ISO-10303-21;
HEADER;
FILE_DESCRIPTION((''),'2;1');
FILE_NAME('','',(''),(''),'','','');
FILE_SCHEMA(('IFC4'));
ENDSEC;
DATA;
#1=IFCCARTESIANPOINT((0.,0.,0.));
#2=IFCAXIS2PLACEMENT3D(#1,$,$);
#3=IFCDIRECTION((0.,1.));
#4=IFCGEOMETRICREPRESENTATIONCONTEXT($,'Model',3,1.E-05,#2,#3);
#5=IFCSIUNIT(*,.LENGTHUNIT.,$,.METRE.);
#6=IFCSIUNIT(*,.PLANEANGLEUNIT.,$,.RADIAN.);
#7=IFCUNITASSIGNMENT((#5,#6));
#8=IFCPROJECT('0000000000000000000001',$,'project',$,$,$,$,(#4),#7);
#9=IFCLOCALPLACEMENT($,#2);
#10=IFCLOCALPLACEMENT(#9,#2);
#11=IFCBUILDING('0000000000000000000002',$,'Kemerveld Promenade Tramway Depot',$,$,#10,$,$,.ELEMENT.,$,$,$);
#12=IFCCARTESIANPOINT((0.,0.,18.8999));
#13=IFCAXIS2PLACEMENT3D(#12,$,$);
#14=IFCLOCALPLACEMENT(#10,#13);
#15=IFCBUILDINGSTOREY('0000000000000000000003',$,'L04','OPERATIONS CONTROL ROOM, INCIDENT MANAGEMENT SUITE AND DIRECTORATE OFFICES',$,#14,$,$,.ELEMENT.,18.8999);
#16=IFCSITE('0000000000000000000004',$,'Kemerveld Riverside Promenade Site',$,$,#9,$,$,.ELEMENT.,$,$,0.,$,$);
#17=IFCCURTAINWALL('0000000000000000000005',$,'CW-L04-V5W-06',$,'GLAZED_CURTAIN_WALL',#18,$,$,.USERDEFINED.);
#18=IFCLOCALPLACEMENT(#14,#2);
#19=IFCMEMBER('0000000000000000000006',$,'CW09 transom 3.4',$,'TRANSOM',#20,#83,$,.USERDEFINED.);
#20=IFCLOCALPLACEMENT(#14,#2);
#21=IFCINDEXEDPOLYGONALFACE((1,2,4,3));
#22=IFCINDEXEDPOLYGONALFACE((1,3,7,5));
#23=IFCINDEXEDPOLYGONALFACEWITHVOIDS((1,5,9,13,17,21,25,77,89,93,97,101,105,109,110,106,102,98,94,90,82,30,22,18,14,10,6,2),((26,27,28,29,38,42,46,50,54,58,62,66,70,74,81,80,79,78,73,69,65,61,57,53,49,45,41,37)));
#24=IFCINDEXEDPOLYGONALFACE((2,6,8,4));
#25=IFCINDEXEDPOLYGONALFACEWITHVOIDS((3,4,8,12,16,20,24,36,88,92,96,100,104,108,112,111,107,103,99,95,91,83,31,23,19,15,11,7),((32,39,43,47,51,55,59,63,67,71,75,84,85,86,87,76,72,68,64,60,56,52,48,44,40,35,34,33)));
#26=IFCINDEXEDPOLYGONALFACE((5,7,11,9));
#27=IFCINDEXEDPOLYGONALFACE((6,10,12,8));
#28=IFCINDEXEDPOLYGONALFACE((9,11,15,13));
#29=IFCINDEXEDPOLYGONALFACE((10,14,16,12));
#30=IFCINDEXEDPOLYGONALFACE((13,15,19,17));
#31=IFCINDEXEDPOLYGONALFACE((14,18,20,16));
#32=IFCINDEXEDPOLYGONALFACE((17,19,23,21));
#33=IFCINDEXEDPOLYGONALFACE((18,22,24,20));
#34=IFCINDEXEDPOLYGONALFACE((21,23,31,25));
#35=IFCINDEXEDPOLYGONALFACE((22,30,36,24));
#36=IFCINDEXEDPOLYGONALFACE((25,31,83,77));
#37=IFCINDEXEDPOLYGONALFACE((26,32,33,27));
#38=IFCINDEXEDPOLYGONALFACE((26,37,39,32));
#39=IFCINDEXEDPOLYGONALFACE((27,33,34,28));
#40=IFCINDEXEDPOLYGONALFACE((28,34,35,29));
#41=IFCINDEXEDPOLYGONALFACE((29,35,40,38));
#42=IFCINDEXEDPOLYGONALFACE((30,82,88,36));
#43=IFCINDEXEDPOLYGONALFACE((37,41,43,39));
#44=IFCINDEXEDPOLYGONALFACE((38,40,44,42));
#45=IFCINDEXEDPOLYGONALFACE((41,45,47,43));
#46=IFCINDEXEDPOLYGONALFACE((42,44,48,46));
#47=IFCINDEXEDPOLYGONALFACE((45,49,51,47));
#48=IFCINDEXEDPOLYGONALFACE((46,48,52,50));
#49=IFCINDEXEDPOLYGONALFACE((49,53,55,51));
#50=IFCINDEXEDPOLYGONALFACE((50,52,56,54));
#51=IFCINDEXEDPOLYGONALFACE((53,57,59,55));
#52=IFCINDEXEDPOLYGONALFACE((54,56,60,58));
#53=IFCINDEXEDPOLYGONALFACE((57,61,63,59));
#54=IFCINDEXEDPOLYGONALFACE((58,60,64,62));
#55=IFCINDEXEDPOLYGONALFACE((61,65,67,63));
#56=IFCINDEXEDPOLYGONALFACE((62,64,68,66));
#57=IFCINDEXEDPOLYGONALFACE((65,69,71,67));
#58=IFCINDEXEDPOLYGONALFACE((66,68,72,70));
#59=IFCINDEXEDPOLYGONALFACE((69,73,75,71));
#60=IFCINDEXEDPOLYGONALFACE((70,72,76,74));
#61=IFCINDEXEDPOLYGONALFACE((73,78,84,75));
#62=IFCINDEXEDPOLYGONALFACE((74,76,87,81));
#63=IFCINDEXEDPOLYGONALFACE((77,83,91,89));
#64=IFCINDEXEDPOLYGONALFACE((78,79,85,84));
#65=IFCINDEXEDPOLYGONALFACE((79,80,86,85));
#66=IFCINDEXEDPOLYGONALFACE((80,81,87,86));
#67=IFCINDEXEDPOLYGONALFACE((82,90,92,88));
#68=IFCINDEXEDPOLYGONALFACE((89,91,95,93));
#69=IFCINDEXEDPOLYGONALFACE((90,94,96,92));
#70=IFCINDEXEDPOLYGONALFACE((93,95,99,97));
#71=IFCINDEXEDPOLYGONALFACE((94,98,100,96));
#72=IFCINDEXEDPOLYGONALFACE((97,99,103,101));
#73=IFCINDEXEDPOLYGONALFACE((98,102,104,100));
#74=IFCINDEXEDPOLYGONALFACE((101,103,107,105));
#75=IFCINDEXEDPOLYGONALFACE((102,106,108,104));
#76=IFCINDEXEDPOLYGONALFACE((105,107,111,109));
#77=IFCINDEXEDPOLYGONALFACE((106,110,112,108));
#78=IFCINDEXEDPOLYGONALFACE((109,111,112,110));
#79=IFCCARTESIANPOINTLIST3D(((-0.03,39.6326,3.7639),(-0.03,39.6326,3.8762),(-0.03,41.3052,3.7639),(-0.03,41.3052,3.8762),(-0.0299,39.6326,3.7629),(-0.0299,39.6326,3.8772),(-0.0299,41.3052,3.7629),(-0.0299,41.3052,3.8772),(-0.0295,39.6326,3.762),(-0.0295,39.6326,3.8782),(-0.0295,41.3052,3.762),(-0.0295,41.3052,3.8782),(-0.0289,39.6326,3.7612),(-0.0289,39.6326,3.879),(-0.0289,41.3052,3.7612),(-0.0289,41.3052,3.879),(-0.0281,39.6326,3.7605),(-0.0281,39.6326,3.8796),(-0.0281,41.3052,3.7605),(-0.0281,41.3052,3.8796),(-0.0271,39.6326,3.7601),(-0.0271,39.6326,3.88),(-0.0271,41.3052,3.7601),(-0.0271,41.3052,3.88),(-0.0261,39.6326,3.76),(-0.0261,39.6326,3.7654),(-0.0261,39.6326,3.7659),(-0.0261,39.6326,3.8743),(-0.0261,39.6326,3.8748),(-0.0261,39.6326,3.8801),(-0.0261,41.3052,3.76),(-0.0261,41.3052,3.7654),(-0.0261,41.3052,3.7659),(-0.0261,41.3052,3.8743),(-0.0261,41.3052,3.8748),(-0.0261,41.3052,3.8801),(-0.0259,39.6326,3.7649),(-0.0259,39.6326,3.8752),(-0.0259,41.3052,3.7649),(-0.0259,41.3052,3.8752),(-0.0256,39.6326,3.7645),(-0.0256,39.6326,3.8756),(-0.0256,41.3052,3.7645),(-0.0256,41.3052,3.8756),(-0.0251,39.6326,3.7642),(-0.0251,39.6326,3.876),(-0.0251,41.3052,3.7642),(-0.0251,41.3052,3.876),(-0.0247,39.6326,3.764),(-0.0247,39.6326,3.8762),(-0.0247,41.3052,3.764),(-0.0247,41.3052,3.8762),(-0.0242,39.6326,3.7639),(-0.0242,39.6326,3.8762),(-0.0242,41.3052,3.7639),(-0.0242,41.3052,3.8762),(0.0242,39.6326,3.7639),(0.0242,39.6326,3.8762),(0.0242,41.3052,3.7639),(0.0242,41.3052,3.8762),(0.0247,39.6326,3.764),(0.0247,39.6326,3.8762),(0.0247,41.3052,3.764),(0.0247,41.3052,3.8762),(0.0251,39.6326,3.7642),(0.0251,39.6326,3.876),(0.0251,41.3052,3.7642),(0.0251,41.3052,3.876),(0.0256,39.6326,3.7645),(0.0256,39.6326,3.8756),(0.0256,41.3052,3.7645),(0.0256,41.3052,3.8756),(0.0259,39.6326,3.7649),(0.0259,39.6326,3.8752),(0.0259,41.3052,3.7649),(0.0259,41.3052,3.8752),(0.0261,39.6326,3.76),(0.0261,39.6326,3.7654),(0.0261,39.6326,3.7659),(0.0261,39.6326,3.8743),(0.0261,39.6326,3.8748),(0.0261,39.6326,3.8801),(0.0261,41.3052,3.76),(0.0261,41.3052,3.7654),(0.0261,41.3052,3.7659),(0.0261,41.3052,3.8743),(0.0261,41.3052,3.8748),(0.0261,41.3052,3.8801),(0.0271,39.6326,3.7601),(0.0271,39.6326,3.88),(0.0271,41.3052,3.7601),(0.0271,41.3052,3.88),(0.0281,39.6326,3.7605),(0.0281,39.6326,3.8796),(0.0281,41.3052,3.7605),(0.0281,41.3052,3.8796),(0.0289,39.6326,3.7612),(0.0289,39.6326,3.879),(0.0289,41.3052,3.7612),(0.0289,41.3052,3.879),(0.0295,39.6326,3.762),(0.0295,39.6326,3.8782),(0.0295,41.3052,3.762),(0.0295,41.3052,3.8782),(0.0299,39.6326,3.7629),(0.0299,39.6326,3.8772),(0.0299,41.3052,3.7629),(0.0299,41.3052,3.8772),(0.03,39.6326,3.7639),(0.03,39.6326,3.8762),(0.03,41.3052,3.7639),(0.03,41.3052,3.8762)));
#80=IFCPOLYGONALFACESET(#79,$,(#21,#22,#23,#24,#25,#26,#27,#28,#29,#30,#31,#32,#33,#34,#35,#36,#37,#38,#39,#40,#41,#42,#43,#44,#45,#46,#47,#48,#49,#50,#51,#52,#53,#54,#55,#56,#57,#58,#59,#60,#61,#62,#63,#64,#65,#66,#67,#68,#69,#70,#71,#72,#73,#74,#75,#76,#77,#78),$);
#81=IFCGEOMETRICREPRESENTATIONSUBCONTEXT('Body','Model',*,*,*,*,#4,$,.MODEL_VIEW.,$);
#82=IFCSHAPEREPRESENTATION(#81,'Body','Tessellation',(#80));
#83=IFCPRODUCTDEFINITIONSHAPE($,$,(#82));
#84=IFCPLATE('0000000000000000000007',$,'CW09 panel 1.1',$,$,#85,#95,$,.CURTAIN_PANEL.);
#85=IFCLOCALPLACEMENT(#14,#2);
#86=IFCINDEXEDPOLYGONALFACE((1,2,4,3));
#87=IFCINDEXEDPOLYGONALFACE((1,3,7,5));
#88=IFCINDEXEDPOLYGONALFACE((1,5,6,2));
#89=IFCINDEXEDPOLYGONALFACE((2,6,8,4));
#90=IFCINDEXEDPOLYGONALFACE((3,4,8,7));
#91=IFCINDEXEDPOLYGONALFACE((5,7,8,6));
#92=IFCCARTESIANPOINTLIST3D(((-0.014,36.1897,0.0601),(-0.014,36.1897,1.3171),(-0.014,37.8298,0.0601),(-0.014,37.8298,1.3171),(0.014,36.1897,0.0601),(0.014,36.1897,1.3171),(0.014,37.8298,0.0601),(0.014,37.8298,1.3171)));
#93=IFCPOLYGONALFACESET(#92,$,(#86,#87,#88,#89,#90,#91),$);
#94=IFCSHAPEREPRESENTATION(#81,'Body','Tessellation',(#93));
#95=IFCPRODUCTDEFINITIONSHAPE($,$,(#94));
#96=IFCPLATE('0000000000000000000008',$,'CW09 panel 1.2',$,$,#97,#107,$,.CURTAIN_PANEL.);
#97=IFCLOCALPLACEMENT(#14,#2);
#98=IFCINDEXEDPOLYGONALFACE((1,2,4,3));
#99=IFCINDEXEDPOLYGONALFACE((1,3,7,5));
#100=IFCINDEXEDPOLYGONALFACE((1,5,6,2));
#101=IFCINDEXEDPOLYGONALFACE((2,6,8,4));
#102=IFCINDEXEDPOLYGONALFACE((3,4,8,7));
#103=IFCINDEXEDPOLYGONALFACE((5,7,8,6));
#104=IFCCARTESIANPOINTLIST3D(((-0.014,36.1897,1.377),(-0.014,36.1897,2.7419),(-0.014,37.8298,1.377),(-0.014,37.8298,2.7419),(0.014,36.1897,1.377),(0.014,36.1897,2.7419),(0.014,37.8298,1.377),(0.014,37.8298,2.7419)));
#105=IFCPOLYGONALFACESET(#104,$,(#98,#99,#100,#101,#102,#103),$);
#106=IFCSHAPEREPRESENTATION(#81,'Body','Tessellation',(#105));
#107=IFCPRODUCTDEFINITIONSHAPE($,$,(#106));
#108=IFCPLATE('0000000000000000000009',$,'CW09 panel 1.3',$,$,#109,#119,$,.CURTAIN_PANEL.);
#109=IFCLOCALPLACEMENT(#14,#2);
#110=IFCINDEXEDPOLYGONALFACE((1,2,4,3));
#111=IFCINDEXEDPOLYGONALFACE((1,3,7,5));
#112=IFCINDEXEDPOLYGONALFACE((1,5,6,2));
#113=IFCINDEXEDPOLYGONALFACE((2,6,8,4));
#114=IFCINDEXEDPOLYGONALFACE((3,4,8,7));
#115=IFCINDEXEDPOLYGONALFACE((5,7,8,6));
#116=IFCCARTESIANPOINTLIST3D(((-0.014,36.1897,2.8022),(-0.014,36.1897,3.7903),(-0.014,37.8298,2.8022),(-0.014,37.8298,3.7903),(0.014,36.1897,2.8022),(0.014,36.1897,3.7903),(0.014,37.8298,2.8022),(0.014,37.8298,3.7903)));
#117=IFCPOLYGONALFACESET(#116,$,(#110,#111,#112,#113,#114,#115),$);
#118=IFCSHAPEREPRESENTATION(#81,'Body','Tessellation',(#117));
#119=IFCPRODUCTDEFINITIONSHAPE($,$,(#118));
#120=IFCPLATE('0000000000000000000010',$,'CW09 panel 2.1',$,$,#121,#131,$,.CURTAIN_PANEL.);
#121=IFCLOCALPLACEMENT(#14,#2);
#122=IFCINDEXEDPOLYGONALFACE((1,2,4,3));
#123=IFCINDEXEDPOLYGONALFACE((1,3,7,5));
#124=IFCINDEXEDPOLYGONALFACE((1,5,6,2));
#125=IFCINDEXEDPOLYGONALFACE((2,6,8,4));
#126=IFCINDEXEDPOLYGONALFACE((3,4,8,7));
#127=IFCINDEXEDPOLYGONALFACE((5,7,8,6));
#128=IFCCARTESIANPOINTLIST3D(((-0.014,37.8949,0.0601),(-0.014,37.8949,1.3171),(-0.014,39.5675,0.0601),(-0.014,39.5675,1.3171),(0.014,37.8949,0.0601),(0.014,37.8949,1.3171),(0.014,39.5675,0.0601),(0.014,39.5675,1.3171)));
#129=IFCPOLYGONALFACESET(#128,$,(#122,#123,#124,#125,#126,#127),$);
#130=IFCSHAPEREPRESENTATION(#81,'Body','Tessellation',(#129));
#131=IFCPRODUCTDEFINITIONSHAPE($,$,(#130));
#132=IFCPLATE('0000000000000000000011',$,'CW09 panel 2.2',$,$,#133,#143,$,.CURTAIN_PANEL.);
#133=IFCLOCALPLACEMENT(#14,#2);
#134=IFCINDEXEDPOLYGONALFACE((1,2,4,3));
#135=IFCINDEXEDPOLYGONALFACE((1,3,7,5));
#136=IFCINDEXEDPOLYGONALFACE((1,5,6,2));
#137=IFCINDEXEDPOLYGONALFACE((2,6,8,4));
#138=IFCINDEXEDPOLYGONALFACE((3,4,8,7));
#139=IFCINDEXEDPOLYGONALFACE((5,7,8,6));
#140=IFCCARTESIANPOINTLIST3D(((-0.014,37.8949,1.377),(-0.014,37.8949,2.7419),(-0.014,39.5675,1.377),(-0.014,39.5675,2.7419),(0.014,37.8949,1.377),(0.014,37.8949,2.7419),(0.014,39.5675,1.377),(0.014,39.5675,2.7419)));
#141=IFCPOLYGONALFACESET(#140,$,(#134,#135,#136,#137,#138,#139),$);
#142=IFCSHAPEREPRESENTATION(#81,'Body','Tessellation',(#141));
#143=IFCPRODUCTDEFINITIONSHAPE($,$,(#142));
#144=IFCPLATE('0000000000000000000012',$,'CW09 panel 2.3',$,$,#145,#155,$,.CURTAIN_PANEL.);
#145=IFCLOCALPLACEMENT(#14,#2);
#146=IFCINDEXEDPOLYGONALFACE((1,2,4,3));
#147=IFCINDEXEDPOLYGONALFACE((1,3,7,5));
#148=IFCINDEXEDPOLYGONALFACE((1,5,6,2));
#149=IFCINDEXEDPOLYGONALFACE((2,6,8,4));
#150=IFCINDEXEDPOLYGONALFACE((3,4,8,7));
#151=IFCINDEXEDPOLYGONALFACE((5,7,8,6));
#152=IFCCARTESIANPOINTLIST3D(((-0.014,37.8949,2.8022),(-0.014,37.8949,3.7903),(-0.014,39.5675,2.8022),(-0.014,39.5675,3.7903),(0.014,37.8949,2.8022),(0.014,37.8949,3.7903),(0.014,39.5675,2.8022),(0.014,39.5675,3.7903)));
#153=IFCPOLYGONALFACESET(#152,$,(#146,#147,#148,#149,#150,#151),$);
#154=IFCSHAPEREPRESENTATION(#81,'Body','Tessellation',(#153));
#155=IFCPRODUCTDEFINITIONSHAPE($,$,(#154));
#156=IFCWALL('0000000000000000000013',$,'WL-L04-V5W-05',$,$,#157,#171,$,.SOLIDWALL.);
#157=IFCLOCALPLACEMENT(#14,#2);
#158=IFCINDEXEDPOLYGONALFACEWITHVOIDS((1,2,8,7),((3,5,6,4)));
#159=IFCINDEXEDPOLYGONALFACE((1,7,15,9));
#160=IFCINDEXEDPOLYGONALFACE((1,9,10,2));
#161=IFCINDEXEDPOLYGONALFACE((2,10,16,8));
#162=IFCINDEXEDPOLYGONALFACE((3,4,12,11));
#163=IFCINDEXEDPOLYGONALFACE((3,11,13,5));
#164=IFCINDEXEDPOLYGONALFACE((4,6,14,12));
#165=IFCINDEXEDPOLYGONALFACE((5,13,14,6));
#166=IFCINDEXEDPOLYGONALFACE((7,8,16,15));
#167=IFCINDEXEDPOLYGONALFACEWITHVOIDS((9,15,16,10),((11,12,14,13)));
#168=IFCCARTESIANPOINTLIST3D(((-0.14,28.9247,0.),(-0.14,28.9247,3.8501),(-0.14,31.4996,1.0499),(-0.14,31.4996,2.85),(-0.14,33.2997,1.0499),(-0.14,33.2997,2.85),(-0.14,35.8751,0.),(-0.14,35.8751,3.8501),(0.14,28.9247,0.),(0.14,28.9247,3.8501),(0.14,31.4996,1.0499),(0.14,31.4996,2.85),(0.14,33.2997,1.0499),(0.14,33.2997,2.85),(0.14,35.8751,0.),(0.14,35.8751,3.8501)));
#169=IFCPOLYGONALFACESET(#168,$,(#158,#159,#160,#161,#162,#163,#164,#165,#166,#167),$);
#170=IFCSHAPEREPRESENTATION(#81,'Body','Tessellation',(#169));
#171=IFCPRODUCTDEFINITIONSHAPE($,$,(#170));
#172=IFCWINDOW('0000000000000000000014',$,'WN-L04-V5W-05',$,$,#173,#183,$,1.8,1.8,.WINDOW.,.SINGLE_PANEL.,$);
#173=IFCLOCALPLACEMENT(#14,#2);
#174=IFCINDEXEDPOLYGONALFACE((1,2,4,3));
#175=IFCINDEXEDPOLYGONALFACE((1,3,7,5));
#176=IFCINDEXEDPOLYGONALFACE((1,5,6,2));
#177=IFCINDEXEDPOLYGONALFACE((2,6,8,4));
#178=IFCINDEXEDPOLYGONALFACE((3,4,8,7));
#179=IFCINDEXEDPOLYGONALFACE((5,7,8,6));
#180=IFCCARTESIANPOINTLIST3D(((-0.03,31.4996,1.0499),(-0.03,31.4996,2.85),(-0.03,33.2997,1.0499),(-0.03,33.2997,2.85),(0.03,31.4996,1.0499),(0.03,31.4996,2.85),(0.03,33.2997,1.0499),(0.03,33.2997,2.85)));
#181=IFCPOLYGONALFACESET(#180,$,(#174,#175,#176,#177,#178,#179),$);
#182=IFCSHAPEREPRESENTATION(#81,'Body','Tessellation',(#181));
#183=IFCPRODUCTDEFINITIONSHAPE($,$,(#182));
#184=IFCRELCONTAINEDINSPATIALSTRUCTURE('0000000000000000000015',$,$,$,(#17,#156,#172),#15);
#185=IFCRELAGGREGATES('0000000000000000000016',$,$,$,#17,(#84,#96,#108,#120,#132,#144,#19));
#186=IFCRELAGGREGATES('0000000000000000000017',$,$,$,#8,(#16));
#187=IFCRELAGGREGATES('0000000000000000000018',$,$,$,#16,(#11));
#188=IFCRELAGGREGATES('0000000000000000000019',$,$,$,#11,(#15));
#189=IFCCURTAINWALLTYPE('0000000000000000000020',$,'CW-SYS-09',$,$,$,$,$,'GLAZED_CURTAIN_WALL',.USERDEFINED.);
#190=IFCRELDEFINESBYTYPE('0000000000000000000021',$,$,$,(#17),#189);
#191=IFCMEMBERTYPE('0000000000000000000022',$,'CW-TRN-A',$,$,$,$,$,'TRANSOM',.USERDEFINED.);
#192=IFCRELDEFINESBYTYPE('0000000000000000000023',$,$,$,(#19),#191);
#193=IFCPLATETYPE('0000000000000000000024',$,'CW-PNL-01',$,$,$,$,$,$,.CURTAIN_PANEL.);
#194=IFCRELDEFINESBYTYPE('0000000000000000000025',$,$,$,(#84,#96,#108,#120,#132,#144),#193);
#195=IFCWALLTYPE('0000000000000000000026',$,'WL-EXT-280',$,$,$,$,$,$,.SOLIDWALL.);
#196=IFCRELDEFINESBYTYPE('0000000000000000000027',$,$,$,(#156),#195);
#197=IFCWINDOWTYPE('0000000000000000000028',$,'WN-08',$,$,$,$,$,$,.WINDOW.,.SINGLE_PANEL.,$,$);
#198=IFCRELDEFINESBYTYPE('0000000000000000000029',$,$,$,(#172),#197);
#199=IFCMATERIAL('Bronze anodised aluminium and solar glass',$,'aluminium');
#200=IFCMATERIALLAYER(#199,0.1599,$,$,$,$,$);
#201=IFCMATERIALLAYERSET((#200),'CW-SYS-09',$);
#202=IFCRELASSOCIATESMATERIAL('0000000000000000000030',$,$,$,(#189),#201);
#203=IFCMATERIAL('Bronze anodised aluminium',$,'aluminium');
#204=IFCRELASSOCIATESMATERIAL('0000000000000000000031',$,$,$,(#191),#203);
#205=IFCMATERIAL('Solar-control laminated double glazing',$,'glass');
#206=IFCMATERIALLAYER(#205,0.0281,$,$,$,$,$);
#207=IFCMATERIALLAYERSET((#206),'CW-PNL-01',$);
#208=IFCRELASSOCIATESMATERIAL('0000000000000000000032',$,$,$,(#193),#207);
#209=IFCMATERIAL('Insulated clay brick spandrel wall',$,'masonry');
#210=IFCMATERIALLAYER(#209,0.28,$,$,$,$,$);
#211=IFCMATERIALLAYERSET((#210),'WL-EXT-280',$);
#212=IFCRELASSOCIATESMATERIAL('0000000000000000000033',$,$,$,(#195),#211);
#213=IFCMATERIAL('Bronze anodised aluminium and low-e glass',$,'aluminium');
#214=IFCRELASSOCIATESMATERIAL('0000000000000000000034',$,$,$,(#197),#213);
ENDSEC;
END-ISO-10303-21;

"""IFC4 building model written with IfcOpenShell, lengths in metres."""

from ifc_helpers import new_model, si_unit, direction, frame, frame_2d, origin, origin_2d, place, context, subcontext, project, spatial, rectangle, hollow_rectangle, extrude, material, layer, layer_set, material_profile, profile_set, type_object, element, fill, aggregate, save


model = new_model("IFC4")

# Units and contexts
model_context = context("Model", 3, precision=1e-05, world=origin(), true_north=direction((0.0, 1.0)))
body_context = subcontext(model_context, "Body", "Model", "MODEL_VIEW")
ifc_project = project(units=[si_unit("LENGTHUNIT", "METRE"), si_unit("PLANEANGLEUNIT", "RADIAN")], contexts=[model_context])

# Site, building, storey
site_placement = place(None, origin())
site = spatial("IfcSite", under=ifc_project, at=site_placement, Name="Kemerveld Riverside Promenade Site", CompositionType="ELEMENT", RefElevation=0.0)
building_placement = place(site_placement, origin())
building = spatial("IfcBuilding", under=site, at=building_placement, Name="Kemerveld Promenade Tramway Depot", CompositionType="ELEMENT")
storey_placement = place(building_placement, frame((0.0, 0.0, 18.8999)))
storey = spatial("IfcBuildingStorey", under=building, at=storey_placement, Name="L04", Description="OPERATIONS CONTROL ROOM, INCIDENT MANAGEMENT SUITE AND DIRECTORATE OFFICES", CompositionType="ELEMENT", Elevation=18.8999)

# Curtain wall, member, plates
ifc_material_1 = material(Name="Bronze anodised aluminium and solar glass", Category="aluminium")
ifc_layer_1 = layer(ifc_material_1, 0.1599)
ifc_layer_set_1 = layer_set([ifc_layer_1], Name="CW-SYS-09")
curtain_wall_type = type_object("IfcCurtainWallType", Name="CW-SYS-09", ElementType="GLAZED_CURTAIN_WALL", PredefinedType="USERDEFINED", material=ifc_layer_set_1)
curtain_wall_placement = place(storey_placement, origin())
curtain_wall = element("IfcCurtainWall", 1, at=curtain_wall_placement, inside=storey, type_object=curtain_wall_type, Name="CW-L04-V5W-06", ObjectType="GLAZED_CURTAIN_WALL", PredefinedType="USERDEFINED")
ifc_material_2 = material(Name="Bronze anodised aluminium", Category="aluminium")
ifc_material_profile_1 = material_profile(ifc_material_2, hollow_rectangle(XDim=0.0601, YDim=0.1201, WallThickness=0.0039, InnerFilletRadius=0.002, OuterFilletRadius=0.0039, at=origin_2d()), Name="CW-TRN-120x60")
ifc_profile_set_1 = profile_set([ifc_material_profile_1], Name="Bronze anodised aluminium")
member_type_1 = type_object("IfcMemberType", Name="CW-TRN-A", ElementType="TRANSOM", PredefinedType="USERDEFINED", material=ifc_profile_set_1)
member_1_placement = place(storey_placement, frame((0.0, 39.6326, 3.8201), z_axis=(0.0, 1.0, 0.0), x_axis=(-1.0, 0.0, 0.0)))
member_1 = element("IfcMember", 2, at=member_1_placement, type_object=member_type_1, Name="CW09 transom 3.4", ObjectType="TRANSOM", PredefinedType="USERDEFINED", context=body_context, shape_type="SweptSolid", body=[
    extrude(hollow_rectangle(XDim=0.0601, YDim=0.1201, WallThickness=0.0039, InnerFilletRadius=0.002, OuterFilletRadius=0.0039, at=origin_2d()), origin(), (0.0, 0.0, 1.0), 1.6726),
])
ifc_material_3 = material(Name="Solar-control laminated double glazing", Category="glass")
ifc_layer_2 = layer(ifc_material_3, 0.0281)
ifc_layer_set_2 = layer_set([ifc_layer_2], Name="CW-PNL-01")
plate_type = type_object("IfcPlateType", Name="CW-PNL-01", PredefinedType="CURTAIN_PANEL", material=ifc_layer_set_2)
plate_1_placement = place(storey_placement, frame((0.0, 37.0098, 0.0601), z_axis=(0.0, 0.0, 1.0), x_axis=(0.0, 1.0, 0.0)))
plate_1 = element("IfcPlate", 3, at=plate_1_placement, type_object=plate_type, Name="CW09 panel 1.1", PredefinedType="CURTAIN_PANEL", context=body_context, shape_type="SweptSolid", body=[
    extrude(rectangle(XDim=1.6401, YDim=0.0281, at=origin_2d()), origin(), (0.0, 0.0, 1.0), 1.2571),
])
plate_2_placement = place(storey_placement, frame((0.0, 37.0098, 1.377), z_axis=(0.0, 0.0, 1.0), x_axis=(0.0, 1.0, 0.0)))
plate_2 = element("IfcPlate", 4, at=plate_2_placement, type_object=plate_type, Name="CW09 panel 1.2", PredefinedType="CURTAIN_PANEL", context=body_context, shape_type="SweptSolid", body=[
    extrude(rectangle(XDim=1.6401, YDim=0.0281, at=origin_2d()), origin(), (0.0, 0.0, 1.0), 1.365),
])
plate_3_placement = place(storey_placement, frame((0.0, 37.0098, 2.8022), z_axis=(0.0, 0.0, 1.0), x_axis=(0.0, 1.0, 0.0)))
plate_3 = element("IfcPlate", 5, at=plate_3_placement, type_object=plate_type, Name="CW09 panel 1.3", PredefinedType="CURTAIN_PANEL", context=body_context, shape_type="SweptSolid", body=[
    extrude(rectangle(XDim=1.6401, YDim=0.0281, at=origin_2d()), origin(), (0.0, 0.0, 1.0), 0.988),
])
plate_4_placement = place(storey_placement, frame((0.0, 38.7312, 0.0601), z_axis=(0.0, 0.0, 1.0), x_axis=(0.0, 1.0, 0.0)))
plate_4 = element("IfcPlate", 6, at=plate_4_placement, type_object=plate_type, Name="CW09 panel 2.1", PredefinedType="CURTAIN_PANEL", context=body_context, shape_type="SweptSolid", body=[
    extrude(rectangle(XDim=1.6726, YDim=0.0281, at=origin_2d()), origin(), (0.0, 0.0, 1.0), 1.2571),
])
plate_5_placement = place(storey_placement, frame((0.0, 38.7312, 1.377), z_axis=(0.0, 0.0, 1.0), x_axis=(0.0, 1.0, 0.0)))
plate_5 = element("IfcPlate", 7, at=plate_5_placement, type_object=plate_type, Name="CW09 panel 2.2", PredefinedType="CURTAIN_PANEL", context=body_context, shape_type="SweptSolid", body=[
    extrude(rectangle(XDim=1.6726, YDim=0.0281, at=origin_2d()), origin(), (0.0, 0.0, 1.0), 1.365),
])
plate_6_placement = place(storey_placement, frame((0.0, 38.7312, 2.8022), z_axis=(0.0, 0.0, 1.0), x_axis=(0.0, 1.0, 0.0)))
plate_6 = element("IfcPlate", 8, at=plate_6_placement, type_object=plate_type, Name="CW09 panel 2.3", PredefinedType="CURTAIN_PANEL", context=body_context, shape_type="SweptSolid", body=[
    extrude(rectangle(XDim=1.6726, YDim=0.0281, at=origin_2d()), origin(), (0.0, 0.0, 1.0), 0.988),
])
aggregate(curtain_wall, [plate_1, plate_2, plate_3, plate_4, plate_5, plate_6, member_1])

# Wall, opening, window
ifc_material_4 = material(Name="Insulated clay brick spandrel wall", Category="masonry")
ifc_layer_3 = layer(ifc_material_4, 0.28)
ifc_layer_set_3 = layer_set([ifc_layer_3], Name="WL-EXT-280")
wall_type = type_object("IfcWallType", Name="WL-EXT-280", PredefinedType="SOLIDWALL", material=ifc_layer_set_3)
wall_placement = place(storey_placement, frame((0.0, 28.9248, 0.0), z_axis=(0.0, 0.0, 1.0), x_axis=(0.0, 1.0, 0.0)))
wall = element("IfcWall", 9, at=wall_placement, inside=storey, type_object=wall_type, Name="WL-L04-V5W-05", PredefinedType="SOLIDWALL", context=body_context, shape_type="SweptSolid", body=[
    extrude(rectangle(XDim=6.9504, YDim=0.28, at=frame_2d((3.4751, 0.0))), origin(), (0.0, 0.0, 1.0), 3.8501),
])
opening_placement = place(wall_placement, frame((2.575, 0.0, 1.05)))
opening = element("IfcOpeningElement", 10, at=opening_placement, cuts=wall, PredefinedType="OPENING", context=body_context, shape_type="SweptSolid", body=[
    extrude(rectangle(XDim=1.8, YDim=1.8, at=frame_2d((0.8999, 0.8999))), frame((0.0, 0.1499, 0.0), z_axis=(0.0, -1.0, 0.0), x_axis=(1.0, 0.0, 0.0)), (0.0, 0.0, 1.0), 0.3),
])
ifc_material_5 = material(Name="Bronze anodised aluminium and low-e glass", Category="aluminium")
window_type = type_object("IfcWindowType", Name="WN-08", PartitioningType="SINGLE_PANEL", PredefinedType="WINDOW", material=ifc_material_5)
window_placement = place(opening_placement, origin())
window = element("IfcWindow", 11, at=window_placement, inside=storey, type_object=window_type, Name="WN-L04-V5W-05", OverallHeight=1.8, OverallWidth=1.8, PartitioningType="SINGLE_PANEL", PredefinedType="WINDOW", context=body_context, shape_type="SweptSolid", body=[
    extrude(rectangle(XDim=1.8, YDim=1.8, at=frame_2d((0.8999, 0.8999))), frame((0.0, 0.03, 0.0), z_axis=(0.0, -1.0, 0.0), x_axis=(1.0, 0.0, 0.0)), (0.0, 0.0, 1.0), 0.0601),
])
fill(opening, window)

save(model, "model.ifc")
